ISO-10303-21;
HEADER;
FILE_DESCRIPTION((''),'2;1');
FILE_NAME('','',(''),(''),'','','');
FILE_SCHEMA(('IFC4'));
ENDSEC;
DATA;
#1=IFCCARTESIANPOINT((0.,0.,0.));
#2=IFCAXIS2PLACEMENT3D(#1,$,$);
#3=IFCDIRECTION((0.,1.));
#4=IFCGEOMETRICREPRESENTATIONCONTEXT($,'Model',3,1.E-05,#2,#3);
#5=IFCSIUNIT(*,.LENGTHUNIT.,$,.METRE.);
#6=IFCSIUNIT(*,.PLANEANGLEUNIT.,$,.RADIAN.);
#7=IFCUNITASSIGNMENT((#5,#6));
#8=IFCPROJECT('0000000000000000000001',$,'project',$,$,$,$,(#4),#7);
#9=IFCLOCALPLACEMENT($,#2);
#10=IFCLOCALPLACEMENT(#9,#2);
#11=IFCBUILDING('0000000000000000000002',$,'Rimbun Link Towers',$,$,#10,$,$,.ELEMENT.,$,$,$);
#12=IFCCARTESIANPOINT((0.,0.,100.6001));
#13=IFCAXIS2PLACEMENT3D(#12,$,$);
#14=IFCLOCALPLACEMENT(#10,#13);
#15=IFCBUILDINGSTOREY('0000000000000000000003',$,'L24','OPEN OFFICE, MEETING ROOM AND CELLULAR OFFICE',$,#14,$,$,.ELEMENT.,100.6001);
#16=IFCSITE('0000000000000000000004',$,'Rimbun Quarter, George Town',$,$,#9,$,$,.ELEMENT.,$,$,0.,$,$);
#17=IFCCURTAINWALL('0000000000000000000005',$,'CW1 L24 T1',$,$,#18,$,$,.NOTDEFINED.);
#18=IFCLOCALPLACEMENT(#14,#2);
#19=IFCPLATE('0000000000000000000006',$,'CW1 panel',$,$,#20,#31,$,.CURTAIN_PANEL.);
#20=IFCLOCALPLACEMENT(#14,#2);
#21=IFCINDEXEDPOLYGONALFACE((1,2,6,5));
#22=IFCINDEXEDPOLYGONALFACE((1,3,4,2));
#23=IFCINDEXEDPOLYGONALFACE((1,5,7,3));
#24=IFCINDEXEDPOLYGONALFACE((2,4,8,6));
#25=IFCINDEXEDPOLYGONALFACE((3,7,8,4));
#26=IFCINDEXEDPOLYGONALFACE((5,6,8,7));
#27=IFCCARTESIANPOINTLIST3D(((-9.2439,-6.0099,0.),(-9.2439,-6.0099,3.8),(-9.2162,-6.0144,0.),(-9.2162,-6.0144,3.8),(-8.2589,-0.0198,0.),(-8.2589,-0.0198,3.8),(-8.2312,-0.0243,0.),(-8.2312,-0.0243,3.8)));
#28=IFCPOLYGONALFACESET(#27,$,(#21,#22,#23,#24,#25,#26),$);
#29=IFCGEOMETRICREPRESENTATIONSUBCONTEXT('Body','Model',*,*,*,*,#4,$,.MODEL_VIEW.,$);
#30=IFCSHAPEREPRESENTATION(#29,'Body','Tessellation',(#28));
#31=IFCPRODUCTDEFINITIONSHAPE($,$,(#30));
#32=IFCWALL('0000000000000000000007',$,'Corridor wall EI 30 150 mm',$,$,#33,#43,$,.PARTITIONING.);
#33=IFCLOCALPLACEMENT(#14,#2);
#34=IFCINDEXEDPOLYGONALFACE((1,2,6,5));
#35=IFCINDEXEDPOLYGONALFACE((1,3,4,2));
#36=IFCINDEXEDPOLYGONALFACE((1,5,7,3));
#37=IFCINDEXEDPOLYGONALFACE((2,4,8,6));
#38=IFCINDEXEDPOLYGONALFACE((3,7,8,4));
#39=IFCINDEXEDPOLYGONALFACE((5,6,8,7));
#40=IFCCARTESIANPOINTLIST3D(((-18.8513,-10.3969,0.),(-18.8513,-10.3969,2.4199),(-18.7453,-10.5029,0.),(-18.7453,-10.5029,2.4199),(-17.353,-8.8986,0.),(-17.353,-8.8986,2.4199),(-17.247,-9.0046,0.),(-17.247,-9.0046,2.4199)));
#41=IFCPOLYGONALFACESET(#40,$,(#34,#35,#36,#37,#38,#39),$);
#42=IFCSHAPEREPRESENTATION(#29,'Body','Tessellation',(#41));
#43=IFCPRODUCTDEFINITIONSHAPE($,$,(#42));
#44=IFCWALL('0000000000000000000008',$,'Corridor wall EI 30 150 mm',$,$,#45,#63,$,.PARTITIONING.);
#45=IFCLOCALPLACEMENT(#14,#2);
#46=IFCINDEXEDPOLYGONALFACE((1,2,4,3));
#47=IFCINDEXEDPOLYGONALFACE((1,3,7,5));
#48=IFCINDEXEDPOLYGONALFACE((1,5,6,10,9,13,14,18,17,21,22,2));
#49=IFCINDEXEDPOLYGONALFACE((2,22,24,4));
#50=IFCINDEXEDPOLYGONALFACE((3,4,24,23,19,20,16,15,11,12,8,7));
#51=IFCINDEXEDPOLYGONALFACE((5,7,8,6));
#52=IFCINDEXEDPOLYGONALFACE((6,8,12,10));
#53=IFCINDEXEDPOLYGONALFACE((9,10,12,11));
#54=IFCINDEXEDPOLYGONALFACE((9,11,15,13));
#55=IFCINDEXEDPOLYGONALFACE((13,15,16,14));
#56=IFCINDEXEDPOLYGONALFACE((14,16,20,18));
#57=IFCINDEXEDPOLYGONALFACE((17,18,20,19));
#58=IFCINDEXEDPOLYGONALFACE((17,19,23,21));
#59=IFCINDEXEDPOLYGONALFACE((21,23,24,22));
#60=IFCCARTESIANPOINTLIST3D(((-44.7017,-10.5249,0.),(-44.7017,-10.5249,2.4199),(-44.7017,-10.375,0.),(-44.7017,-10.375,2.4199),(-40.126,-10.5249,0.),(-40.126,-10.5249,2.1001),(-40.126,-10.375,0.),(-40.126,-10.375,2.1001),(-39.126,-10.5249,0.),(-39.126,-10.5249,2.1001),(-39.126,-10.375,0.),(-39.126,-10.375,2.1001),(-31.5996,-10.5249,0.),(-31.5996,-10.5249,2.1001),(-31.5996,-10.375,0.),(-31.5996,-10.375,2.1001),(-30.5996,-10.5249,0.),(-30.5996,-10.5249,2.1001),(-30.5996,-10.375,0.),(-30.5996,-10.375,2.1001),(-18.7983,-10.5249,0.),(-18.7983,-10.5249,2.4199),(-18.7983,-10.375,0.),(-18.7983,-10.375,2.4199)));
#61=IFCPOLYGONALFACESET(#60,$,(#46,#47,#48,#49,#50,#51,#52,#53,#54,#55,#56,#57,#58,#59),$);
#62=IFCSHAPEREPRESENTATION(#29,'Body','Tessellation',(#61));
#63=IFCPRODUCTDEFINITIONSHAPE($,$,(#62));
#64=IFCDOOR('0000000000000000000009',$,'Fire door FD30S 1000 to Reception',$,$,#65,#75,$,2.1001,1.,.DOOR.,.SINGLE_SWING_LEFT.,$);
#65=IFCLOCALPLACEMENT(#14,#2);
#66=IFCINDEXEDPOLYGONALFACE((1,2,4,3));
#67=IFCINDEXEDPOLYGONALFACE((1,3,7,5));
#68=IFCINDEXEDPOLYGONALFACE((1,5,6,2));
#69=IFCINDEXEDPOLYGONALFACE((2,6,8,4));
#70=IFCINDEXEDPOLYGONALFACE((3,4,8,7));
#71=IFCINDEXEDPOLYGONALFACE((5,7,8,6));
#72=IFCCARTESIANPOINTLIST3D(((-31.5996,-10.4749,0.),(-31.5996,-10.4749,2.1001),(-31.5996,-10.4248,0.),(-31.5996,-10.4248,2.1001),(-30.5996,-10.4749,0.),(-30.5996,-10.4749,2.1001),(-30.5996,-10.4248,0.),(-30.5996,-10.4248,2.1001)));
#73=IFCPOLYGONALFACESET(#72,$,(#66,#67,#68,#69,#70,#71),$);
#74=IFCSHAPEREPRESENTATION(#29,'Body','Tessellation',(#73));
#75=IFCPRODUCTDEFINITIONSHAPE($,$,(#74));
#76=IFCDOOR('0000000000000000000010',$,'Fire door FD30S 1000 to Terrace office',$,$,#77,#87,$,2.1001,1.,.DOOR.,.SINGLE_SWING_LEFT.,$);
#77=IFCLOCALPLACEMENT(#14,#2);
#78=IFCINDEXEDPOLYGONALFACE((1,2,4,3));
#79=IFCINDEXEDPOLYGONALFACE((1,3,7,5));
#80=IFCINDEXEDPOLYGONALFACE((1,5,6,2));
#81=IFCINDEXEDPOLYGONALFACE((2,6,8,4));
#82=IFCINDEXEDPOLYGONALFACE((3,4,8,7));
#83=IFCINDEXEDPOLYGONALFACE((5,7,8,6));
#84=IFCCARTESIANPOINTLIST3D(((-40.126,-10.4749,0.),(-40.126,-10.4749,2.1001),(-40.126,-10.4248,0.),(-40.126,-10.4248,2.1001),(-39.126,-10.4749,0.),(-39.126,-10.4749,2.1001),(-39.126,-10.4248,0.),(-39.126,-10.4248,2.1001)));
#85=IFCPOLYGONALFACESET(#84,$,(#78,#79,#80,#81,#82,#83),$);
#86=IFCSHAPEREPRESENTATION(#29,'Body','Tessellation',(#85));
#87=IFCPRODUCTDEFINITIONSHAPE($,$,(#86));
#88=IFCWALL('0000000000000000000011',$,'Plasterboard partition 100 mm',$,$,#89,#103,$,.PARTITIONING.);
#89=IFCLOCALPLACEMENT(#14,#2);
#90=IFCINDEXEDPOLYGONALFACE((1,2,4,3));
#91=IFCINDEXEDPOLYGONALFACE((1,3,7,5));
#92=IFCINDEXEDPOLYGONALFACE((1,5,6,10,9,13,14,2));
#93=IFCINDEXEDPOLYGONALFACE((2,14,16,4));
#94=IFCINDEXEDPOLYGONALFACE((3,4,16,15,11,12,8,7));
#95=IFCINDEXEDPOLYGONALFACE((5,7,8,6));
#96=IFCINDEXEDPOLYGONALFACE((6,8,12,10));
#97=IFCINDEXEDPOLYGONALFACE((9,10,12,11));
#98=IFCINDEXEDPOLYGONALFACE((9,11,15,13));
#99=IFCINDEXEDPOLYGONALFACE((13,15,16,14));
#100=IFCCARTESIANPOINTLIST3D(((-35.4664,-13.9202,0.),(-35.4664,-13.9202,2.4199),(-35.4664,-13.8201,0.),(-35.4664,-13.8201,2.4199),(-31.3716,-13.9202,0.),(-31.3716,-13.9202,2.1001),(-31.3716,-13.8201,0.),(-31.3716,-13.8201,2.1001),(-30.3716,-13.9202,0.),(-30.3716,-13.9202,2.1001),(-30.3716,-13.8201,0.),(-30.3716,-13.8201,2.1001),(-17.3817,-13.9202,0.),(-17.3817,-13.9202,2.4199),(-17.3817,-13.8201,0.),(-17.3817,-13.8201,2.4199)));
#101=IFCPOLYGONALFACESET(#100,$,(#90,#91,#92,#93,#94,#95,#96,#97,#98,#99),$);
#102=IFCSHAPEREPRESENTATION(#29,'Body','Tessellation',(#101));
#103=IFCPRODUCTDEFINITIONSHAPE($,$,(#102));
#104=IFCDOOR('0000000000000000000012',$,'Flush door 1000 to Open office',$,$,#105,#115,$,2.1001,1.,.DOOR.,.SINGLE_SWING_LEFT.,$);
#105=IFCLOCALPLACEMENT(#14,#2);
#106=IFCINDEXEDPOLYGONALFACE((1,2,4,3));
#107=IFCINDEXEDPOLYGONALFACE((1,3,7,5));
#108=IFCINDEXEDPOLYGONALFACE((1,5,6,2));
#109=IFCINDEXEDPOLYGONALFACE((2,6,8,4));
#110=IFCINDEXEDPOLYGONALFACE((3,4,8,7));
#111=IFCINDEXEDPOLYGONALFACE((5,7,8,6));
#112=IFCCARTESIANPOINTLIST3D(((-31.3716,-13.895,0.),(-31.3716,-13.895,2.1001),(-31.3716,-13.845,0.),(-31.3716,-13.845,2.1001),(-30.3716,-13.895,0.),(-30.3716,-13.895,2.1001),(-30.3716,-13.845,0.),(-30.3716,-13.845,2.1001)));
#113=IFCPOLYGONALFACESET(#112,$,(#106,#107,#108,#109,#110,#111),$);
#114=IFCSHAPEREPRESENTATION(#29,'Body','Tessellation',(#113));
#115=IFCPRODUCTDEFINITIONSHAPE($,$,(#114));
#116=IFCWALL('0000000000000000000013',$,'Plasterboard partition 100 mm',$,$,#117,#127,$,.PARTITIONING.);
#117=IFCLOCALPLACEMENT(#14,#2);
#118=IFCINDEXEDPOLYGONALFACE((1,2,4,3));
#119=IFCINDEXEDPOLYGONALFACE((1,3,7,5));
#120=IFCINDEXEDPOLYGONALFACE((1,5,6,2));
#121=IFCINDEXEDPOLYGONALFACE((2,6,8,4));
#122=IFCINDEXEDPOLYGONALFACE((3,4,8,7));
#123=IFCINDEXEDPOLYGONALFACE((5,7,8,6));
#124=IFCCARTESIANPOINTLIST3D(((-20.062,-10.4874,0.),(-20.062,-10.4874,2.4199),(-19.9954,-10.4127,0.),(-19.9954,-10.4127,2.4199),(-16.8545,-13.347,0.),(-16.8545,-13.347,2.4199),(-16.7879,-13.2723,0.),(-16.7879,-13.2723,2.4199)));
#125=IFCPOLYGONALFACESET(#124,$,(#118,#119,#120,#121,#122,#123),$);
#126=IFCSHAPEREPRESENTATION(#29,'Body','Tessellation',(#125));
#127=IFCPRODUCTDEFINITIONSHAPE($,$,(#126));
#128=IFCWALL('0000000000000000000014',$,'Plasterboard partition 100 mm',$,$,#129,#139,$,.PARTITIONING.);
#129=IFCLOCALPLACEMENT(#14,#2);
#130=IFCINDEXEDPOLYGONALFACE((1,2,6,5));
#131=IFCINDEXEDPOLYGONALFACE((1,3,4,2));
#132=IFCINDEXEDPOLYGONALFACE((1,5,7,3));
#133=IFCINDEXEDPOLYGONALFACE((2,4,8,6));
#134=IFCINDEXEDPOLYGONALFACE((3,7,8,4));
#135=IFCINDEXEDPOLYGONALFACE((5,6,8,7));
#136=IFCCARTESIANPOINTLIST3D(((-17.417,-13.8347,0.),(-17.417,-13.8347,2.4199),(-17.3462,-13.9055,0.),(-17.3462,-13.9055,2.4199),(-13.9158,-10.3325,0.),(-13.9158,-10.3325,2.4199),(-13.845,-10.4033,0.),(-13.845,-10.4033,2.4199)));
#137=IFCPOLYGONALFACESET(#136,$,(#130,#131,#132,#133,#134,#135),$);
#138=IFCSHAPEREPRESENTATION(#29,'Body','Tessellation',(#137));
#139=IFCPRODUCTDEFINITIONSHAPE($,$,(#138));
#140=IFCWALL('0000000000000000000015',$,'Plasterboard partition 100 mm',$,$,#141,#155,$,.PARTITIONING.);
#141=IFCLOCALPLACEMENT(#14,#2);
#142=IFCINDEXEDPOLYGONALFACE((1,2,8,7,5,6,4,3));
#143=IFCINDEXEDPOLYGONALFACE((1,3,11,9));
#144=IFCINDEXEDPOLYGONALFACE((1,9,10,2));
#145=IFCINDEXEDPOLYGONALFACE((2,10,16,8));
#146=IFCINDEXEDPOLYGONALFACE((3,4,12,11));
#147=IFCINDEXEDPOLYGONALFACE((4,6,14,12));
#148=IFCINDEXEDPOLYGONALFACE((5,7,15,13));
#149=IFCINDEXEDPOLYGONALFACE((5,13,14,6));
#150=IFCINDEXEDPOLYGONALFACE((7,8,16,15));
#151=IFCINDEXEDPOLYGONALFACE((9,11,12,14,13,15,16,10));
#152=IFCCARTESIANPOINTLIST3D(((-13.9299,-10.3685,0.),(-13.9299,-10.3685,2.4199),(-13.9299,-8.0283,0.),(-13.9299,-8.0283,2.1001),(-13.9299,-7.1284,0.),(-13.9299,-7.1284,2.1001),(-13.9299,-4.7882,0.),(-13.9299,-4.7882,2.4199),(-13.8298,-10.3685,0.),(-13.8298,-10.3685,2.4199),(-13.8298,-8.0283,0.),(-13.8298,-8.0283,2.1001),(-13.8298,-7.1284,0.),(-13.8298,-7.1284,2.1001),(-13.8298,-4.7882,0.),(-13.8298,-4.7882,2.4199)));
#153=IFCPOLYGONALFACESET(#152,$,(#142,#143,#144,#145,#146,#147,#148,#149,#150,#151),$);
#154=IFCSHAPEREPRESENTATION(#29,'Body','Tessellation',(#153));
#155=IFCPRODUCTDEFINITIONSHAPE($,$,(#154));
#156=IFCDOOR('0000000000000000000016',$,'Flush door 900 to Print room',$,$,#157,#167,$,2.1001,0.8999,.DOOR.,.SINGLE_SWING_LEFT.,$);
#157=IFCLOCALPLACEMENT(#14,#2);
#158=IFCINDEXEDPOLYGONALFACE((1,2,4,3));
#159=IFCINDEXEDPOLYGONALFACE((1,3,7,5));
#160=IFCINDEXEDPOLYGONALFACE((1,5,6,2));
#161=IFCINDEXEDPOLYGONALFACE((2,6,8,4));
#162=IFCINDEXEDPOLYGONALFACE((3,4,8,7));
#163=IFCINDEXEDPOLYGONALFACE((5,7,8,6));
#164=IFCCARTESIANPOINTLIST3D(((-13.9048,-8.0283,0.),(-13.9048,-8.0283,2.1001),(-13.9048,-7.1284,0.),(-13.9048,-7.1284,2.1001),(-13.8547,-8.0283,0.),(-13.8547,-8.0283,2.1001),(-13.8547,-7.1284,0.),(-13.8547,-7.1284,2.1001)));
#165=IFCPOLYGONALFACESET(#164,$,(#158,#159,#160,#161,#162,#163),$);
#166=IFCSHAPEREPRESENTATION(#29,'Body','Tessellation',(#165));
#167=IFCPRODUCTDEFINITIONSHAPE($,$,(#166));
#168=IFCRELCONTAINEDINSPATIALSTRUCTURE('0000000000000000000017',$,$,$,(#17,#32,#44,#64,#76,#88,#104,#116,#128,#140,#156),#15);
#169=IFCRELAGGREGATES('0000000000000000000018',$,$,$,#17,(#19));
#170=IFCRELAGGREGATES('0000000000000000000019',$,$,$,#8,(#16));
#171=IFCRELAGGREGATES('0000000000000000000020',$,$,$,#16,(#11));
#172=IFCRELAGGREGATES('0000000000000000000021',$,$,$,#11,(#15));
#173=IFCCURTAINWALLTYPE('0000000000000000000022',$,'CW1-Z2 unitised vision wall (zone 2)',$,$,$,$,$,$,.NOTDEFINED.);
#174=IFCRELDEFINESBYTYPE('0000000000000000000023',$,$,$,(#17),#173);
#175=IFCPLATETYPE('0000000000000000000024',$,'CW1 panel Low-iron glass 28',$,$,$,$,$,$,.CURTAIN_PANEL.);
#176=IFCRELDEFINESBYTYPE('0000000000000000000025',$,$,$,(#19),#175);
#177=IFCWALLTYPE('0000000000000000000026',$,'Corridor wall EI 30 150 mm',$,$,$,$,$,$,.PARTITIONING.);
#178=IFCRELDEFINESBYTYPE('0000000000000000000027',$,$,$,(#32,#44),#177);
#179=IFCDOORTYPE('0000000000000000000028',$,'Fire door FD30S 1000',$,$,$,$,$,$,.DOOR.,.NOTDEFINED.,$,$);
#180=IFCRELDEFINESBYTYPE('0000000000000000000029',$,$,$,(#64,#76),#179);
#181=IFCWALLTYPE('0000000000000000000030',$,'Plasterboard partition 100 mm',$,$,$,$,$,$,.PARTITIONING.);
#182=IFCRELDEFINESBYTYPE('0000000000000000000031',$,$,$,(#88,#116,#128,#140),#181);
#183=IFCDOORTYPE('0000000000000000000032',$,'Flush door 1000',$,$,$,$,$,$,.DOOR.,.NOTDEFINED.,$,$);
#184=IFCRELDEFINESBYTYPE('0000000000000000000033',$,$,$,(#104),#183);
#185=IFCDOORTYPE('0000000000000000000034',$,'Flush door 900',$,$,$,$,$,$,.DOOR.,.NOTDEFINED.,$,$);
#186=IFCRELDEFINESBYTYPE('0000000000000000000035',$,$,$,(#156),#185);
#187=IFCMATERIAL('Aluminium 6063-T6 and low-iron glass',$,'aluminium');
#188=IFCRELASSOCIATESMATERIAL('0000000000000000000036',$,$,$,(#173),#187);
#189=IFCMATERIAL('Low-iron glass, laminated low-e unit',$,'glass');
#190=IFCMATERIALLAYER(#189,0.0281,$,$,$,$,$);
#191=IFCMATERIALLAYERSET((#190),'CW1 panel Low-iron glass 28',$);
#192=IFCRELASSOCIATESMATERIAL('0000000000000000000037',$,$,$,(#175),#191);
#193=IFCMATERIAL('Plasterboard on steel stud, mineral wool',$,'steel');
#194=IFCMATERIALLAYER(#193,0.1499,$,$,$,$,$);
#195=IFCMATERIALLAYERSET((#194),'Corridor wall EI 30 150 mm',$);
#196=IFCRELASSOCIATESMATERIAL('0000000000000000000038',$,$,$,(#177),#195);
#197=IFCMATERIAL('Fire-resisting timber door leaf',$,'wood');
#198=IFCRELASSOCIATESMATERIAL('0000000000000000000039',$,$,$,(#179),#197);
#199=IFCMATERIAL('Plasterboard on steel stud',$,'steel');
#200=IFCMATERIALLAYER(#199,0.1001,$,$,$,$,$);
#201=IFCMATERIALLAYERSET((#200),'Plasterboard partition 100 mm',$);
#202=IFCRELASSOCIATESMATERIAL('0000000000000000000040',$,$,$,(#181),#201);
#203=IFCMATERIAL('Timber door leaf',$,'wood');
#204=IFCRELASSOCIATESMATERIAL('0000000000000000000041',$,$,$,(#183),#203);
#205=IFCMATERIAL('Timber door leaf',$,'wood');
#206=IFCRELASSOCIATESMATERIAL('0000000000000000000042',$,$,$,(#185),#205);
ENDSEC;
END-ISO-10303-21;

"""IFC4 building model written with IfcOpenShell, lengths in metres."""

from ifc_helpers import new_model, si_unit, direction, frame, frame_2d, origin, origin_2d, place, context, subcontext, project, spatial, rectangle, extrude, material, layer, layer_set, type_object, element, fill, aggregate, save


model = new_model("IFC4")

# Units and contexts
model_context = context("Model", 3, precision=1e-05, world=origin(), true_north=direction((0.0, 1.0)))
body_context = subcontext(model_context, "Body", "Model", "MODEL_VIEW")
ifc_project = project(units=[si_unit("LENGTHUNIT", "METRE"), si_unit("PLANEANGLEUNIT", "RADIAN")], contexts=[model_context])

# Site, building, storey
site_placement = place(None, origin())
site = spatial("IfcSite", under=ifc_project, at=site_placement, Name="Rimbun Quarter, George Town", CompositionType="ELEMENT", RefElevation=0.0)
building_placement = place(site_placement, origin())
building = spatial("IfcBuilding", under=site, at=building_placement, Name="Rimbun Link Towers", CompositionType="ELEMENT")
storey_placement = place(building_placement, frame((0.0, 0.0, 100.6001)))
storey = spatial("IfcBuildingStorey", under=building, at=storey_placement, Name="L24", Description="OPEN OFFICE, MEETING ROOM AND CELLULAR OFFICE", CompositionType="ELEMENT", Elevation=100.6001)

# Curtain wall
ifc_material_1 = material(Name="Aluminium 6063-T6 and low-iron glass", Category="aluminium")
curtain_wall_type = type_object("IfcCurtainWallType", Name="CW1-Z2 unitised vision wall (zone 2)", PredefinedType="NOTDEFINED", material=ifc_material_1)
curtain_wall_placement = place(storey_placement, origin())
curtain_wall = element("IfcCurtainWall", 1, at=curtain_wall_placement, inside=storey, type_object=curtain_wall_type, Name="CW1 L24 T1", PredefinedType="NOTDEFINED")

# Plate
ifc_material_2 = material(Name="Low-iron glass, laminated low-e unit", Category="glass")
ifc_layer_1 = layer(ifc_material_2, 0.0281)
ifc_layer_set_1 = layer_set([ifc_layer_1], Name="CW1 panel Low-iron glass 28")
plate_type = type_object("IfcPlateType", Name="CW1 panel Low-iron glass 28", PredefinedType="CURTAIN_PANEL", material=ifc_layer_set_1)
plate_1_placement = place(storey_placement, frame((-8.7375, -3.0171, 0.0), z_axis=(0.0, 0.0, 1.0), x_axis=(-0.16226, -0.986748, 0.0)))
plate_1 = element("IfcPlate", 2, at=plate_1_placement, type_object=plate_type, Name="CW1 panel", PredefinedType="CURTAIN_PANEL", context=body_context, shape_type="SweptSolid", body=[
    extrude(rectangle(XDim=6.0706, YDim=0.0281, at=origin_2d()), origin(), (0.0, 0.0, 1.0), 3.8),
])
aggregate(curtain_wall, [plate_1])

# Wall
ifc_material_3 = material(Name="Plasterboard on steel stud, mineral wool", Category="steel")
ifc_layer_2 = layer(ifc_material_3, 0.1499)
ifc_layer_set_2 = layer_set([ifc_layer_2], Name="Corridor wall EI 30 150 mm")
wall_type_1 = type_object("IfcWallType", Name="Corridor wall EI 30 150 mm", PredefinedType="PARTITIONING", material=ifc_layer_set_2)
wall_1_placement = place(storey_placement, frame((-18.7983, -10.45, 0.0), z_axis=(0.0, 0.0, 1.0), x_axis=(0.707107, 0.707107, 0.0)))
element("IfcWall", 3, at=wall_1_placement, inside=storey, type_object=wall_type_1, Name="Corridor wall EI 30 150 mm", PredefinedType="PARTITIONING", context=body_context, shape_type="SweptSolid", body=[
    extrude(rectangle(XDim=2.1189, YDim=0.1499, at=frame_2d((1.0596, 0.0))), origin(), (0.0, 0.0, 1.0), 2.4199),
])

# Wall, openings, doors
wall_2_placement = place(storey_placement, frame((-18.7983, -10.45, 0.0), z_axis=(0.0, 0.0, 1.0), x_axis=(-1.0, 0.0, 0.0)))
wall_2 = element("IfcWall", 4, at=wall_2_placement, inside=storey, type_object=wall_type_1, Name="Corridor wall EI 30 150 mm", PredefinedType="PARTITIONING", context=body_context, shape_type="SweptSolid", body=[
    extrude(rectangle(XDim=25.9033, YDim=0.1499, at=frame_2d((12.9517, 0.0))), origin(), (0.0, 0.0, 1.0), 2.4199),
])
opening_1_placement = place(wall_2_placement, frame((11.8013, 0.0, 0.0)))
opening_1 = element("IfcOpeningElement", 5, at=opening_1_placement, cuts=wall_2, PredefinedType="OPENING", context=body_context, shape_type="SweptSolid", body=[
    extrude(rectangle(XDim=1.0, YDim=2.1001, at=frame_2d((0.5, 1.05))), frame((0.0, 0.085, 0.0), z_axis=(0.0, -1.0, 0.0), x_axis=(1.0, 0.0, 0.0)), (0.0, 0.0, 1.0), 0.1699),
])
opening_2_placement = place(wall_2_placement, frame((20.3276, 0.0, 0.0)))
opening_2 = element("IfcOpeningElement", 6, at=opening_2_placement, cuts=wall_2, PredefinedType="OPENING", context=body_context, shape_type="SweptSolid", body=[
    extrude(rectangle(XDim=1.0, YDim=2.1001, at=frame_2d((0.5, 1.05))), frame((0.0, 0.085, 0.0), z_axis=(0.0, -1.0, 0.0), x_axis=(1.0, 0.0, 0.0)), (0.0, 0.0, 1.0), 0.1699),
])
ifc_material_4 = material(Name="Fire-resisting timber door leaf", Category="wood")
door_type_1 = type_object("IfcDoorType", Name="Fire door FD30S 1000", OperationType="NOTDEFINED", PredefinedType="DOOR", material=ifc_material_4)
door_1_placement = place(opening_1_placement, origin())
door_1 = element("IfcDoor", 7, at=door_1_placement, inside=storey, type_object=door_type_1, Name="Fire door FD30S 1000 to Reception", OperationType="SINGLE_SWING_LEFT", OverallHeight=2.1001, OverallWidth=1.0, PredefinedType="DOOR", context=body_context, shape_type="SweptSolid", body=[
    extrude(rectangle(XDim=1.0, YDim=2.1001, at=frame_2d((0.5, 1.05))), frame((0.0, 0.0249, 0.0), z_axis=(0.0, -1.0, 0.0), x_axis=(1.0, 0.0, 0.0)), (0.0, 0.0, 1.0), 0.05),
])
fill(opening_1, door_1)
door_2_placement = place(opening_2_placement, origin())
door_2 = element("IfcDoor", 8, at=door_2_placement, inside=storey, type_object=door_type_1, Name="Fire door FD30S 1000 to Terrace office", OperationType="SINGLE_SWING_LEFT", OverallHeight=2.1001, OverallWidth=1.0, PredefinedType="DOOR", context=body_context, shape_type="SweptSolid", body=[
    extrude(rectangle(XDim=1.0, YDim=2.1001, at=frame_2d((0.5, 1.05))), frame((0.0, 0.0249, 0.0), z_axis=(0.0, -1.0, 0.0), x_axis=(1.0, 0.0, 0.0)), (0.0, 0.0, 1.0), 0.05),
])
fill(opening_2, door_2)

# Wall, opening, door
ifc_material_5 = material(Name="Plasterboard on steel stud", Category="steel")
ifc_layer_3 = layer(ifc_material_5, 0.1001)
ifc_layer_set_3 = layer_set([ifc_layer_3], Name="Plasterboard partition 100 mm")
wall_type_2 = type_object("IfcWallType", Name="Plasterboard partition 100 mm", PredefinedType="PARTITIONING", material=ifc_layer_set_3)
wall_3_placement = place(storey_placement, frame((-17.3816, -13.8701, 0.0), z_axis=(0.0, 0.0, 1.0), x_axis=(-1.0, 0.0, 0.0)))
wall_3 = element("IfcWall", 9, at=wall_3_placement, inside=storey, type_object=wall_type_2, Name="Plasterboard partition 100 mm", PredefinedType="PARTITIONING", context=body_context, shape_type="SweptSolid", body=[
    extrude(rectangle(XDim=18.0847, YDim=0.1001, at=frame_2d((9.0425, 0.0))), origin(), (0.0, 0.0, 1.0), 2.4199),
])
opening_3_placement = place(wall_3_placement, frame((12.99, 0.0, 0.0)))
opening_3 = element("IfcOpeningElement", 10, at=opening_3_placement, cuts=wall_3, PredefinedType="OPENING", context=body_context, shape_type="SweptSolid", body=[
    extrude(rectangle(XDim=1.0, YDim=2.1001, at=frame_2d((0.5, 1.05))), frame((0.0, 0.0601, 0.0), z_axis=(0.0, -1.0, 0.0), x_axis=(1.0, 0.0, 0.0)), (0.0, 0.0, 1.0), 0.1201),
])
ifc_material_6 = material(Name="Timber door leaf", Category="wood")
door_type_2 = type_object("IfcDoorType", Name="Flush door 1000", OperationType="NOTDEFINED", PredefinedType="DOOR", material=ifc_material_6)
door_3_placement = place(opening_3_placement, origin())
door_3 = element("IfcDoor", 11, at=door_3_placement, inside=storey, type_object=door_type_2, Name="Flush door 1000 to Open office", OperationType="SINGLE_SWING_LEFT", OverallHeight=2.1001, OverallWidth=1.0, PredefinedType="DOOR", context=body_context, shape_type="SweptSolid", body=[
    extrude(rectangle(XDim=1.0, YDim=2.1001, at=frame_2d((0.5, 1.05))), frame((0.0, 0.0249, 0.0), z_axis=(0.0, -1.0, 0.0), x_axis=(1.0, 0.0, 0.0)), (0.0, 0.0, 1.0), 0.05),
])
fill(opening_3, door_3)

# Walls
wall_4_placement = place(storey_placement, frame((-16.8213, -13.3096, 0.0), z_axis=(0.0, 0.0, 1.0), x_axis=(-0.746427, 0.665467, 0.0)))
element("IfcWall", 12, at=wall_4_placement, inside=storey, type_object=wall_type_2, Name="Plasterboard partition 100 mm", PredefinedType="PARTITIONING", context=body_context, shape_type="SweptSolid", body=[
    extrude(rectangle(XDim=4.2971, YDim=0.1001, at=frame_2d((2.1484, 0.0))), origin(), (0.0, 0.0, 1.0), 2.4199),
])
wall_5_placement = place(storey_placement, frame((-17.3816, -13.8701, 0.0), z_axis=(0.0, 0.0, 1.0), x_axis=(0.707008, 0.707205, 0.0)))
element("IfcWall", 13, at=wall_5_placement, inside=storey, type_object=wall_type_2, Name="Plasterboard partition 100 mm", PredefinedType="PARTITIONING", context=body_context, shape_type="SweptSolid", body=[
    extrude(rectangle(XDim=4.9521, YDim=0.1001, at=frame_2d((2.4761, 0.0))), origin(), (0.0, 0.0, 1.0), 2.4199),
])

# Wall, opening, door
wall_6_placement = place(storey_placement, frame((-13.8799, -10.3684, 0.0), z_axis=(0.0, 0.0, 1.0), x_axis=(0.0, 1.0, 0.0)))
wall_6 = element("IfcWall", 14, at=wall_6_placement, inside=storey, type_object=wall_type_2, Name="Plasterboard partition 100 mm", PredefinedType="PARTITIONING", context=body_context, shape_type="SweptSolid", body=[
    extrude(rectangle(XDim=5.5803, YDim=0.1001, at=frame_2d((2.79, 0.0))), origin(), (0.0, 0.0, 1.0), 2.4199),
])
opening_4_placement = place(wall_6_placement, frame((2.3401, 0.0, 0.0)))
opening_4 = element("IfcOpeningElement", 15, at=opening_4_placement, cuts=wall_6, PredefinedType="OPENING", context=body_context, shape_type="SweptSolid", body=[
    extrude(rectangle(XDim=0.8999, YDim=2.1001, at=frame_2d((0.45, 1.05))), frame((0.0, 0.0601, 0.0), z_axis=(0.0, -1.0, 0.0), x_axis=(1.0, 0.0, 0.0)), (0.0, 0.0, 1.0), 0.1201),
])
ifc_material_7 = material(Name="Timber door leaf", Category="wood")
door_type_3 = type_object("IfcDoorType", Name="Flush door 900", OperationType="NOTDEFINED", PredefinedType="DOOR", material=ifc_material_7)
door_4_placement = place(opening_4_placement, origin())
door_4 = element("IfcDoor", 16, at=door_4_placement, inside=storey, type_object=door_type_3, Name="Flush door 900 to Print room", OperationType="SINGLE_SWING_LEFT", OverallHeight=2.1001, OverallWidth=0.8999, PredefinedType="DOOR", context=body_context, shape_type="SweptSolid", body=[
    extrude(rectangle(XDim=0.8999, YDim=2.1001, at=frame_2d((0.45, 1.05))), frame((0.0, 0.0249, 0.0), z_axis=(0.0, -1.0, 0.0), x_axis=(1.0, 0.0, 0.0)), (0.0, 0.0, 1.0), 0.05),
])
fill(opening_4, door_4)

save(model, "model.ifc")
